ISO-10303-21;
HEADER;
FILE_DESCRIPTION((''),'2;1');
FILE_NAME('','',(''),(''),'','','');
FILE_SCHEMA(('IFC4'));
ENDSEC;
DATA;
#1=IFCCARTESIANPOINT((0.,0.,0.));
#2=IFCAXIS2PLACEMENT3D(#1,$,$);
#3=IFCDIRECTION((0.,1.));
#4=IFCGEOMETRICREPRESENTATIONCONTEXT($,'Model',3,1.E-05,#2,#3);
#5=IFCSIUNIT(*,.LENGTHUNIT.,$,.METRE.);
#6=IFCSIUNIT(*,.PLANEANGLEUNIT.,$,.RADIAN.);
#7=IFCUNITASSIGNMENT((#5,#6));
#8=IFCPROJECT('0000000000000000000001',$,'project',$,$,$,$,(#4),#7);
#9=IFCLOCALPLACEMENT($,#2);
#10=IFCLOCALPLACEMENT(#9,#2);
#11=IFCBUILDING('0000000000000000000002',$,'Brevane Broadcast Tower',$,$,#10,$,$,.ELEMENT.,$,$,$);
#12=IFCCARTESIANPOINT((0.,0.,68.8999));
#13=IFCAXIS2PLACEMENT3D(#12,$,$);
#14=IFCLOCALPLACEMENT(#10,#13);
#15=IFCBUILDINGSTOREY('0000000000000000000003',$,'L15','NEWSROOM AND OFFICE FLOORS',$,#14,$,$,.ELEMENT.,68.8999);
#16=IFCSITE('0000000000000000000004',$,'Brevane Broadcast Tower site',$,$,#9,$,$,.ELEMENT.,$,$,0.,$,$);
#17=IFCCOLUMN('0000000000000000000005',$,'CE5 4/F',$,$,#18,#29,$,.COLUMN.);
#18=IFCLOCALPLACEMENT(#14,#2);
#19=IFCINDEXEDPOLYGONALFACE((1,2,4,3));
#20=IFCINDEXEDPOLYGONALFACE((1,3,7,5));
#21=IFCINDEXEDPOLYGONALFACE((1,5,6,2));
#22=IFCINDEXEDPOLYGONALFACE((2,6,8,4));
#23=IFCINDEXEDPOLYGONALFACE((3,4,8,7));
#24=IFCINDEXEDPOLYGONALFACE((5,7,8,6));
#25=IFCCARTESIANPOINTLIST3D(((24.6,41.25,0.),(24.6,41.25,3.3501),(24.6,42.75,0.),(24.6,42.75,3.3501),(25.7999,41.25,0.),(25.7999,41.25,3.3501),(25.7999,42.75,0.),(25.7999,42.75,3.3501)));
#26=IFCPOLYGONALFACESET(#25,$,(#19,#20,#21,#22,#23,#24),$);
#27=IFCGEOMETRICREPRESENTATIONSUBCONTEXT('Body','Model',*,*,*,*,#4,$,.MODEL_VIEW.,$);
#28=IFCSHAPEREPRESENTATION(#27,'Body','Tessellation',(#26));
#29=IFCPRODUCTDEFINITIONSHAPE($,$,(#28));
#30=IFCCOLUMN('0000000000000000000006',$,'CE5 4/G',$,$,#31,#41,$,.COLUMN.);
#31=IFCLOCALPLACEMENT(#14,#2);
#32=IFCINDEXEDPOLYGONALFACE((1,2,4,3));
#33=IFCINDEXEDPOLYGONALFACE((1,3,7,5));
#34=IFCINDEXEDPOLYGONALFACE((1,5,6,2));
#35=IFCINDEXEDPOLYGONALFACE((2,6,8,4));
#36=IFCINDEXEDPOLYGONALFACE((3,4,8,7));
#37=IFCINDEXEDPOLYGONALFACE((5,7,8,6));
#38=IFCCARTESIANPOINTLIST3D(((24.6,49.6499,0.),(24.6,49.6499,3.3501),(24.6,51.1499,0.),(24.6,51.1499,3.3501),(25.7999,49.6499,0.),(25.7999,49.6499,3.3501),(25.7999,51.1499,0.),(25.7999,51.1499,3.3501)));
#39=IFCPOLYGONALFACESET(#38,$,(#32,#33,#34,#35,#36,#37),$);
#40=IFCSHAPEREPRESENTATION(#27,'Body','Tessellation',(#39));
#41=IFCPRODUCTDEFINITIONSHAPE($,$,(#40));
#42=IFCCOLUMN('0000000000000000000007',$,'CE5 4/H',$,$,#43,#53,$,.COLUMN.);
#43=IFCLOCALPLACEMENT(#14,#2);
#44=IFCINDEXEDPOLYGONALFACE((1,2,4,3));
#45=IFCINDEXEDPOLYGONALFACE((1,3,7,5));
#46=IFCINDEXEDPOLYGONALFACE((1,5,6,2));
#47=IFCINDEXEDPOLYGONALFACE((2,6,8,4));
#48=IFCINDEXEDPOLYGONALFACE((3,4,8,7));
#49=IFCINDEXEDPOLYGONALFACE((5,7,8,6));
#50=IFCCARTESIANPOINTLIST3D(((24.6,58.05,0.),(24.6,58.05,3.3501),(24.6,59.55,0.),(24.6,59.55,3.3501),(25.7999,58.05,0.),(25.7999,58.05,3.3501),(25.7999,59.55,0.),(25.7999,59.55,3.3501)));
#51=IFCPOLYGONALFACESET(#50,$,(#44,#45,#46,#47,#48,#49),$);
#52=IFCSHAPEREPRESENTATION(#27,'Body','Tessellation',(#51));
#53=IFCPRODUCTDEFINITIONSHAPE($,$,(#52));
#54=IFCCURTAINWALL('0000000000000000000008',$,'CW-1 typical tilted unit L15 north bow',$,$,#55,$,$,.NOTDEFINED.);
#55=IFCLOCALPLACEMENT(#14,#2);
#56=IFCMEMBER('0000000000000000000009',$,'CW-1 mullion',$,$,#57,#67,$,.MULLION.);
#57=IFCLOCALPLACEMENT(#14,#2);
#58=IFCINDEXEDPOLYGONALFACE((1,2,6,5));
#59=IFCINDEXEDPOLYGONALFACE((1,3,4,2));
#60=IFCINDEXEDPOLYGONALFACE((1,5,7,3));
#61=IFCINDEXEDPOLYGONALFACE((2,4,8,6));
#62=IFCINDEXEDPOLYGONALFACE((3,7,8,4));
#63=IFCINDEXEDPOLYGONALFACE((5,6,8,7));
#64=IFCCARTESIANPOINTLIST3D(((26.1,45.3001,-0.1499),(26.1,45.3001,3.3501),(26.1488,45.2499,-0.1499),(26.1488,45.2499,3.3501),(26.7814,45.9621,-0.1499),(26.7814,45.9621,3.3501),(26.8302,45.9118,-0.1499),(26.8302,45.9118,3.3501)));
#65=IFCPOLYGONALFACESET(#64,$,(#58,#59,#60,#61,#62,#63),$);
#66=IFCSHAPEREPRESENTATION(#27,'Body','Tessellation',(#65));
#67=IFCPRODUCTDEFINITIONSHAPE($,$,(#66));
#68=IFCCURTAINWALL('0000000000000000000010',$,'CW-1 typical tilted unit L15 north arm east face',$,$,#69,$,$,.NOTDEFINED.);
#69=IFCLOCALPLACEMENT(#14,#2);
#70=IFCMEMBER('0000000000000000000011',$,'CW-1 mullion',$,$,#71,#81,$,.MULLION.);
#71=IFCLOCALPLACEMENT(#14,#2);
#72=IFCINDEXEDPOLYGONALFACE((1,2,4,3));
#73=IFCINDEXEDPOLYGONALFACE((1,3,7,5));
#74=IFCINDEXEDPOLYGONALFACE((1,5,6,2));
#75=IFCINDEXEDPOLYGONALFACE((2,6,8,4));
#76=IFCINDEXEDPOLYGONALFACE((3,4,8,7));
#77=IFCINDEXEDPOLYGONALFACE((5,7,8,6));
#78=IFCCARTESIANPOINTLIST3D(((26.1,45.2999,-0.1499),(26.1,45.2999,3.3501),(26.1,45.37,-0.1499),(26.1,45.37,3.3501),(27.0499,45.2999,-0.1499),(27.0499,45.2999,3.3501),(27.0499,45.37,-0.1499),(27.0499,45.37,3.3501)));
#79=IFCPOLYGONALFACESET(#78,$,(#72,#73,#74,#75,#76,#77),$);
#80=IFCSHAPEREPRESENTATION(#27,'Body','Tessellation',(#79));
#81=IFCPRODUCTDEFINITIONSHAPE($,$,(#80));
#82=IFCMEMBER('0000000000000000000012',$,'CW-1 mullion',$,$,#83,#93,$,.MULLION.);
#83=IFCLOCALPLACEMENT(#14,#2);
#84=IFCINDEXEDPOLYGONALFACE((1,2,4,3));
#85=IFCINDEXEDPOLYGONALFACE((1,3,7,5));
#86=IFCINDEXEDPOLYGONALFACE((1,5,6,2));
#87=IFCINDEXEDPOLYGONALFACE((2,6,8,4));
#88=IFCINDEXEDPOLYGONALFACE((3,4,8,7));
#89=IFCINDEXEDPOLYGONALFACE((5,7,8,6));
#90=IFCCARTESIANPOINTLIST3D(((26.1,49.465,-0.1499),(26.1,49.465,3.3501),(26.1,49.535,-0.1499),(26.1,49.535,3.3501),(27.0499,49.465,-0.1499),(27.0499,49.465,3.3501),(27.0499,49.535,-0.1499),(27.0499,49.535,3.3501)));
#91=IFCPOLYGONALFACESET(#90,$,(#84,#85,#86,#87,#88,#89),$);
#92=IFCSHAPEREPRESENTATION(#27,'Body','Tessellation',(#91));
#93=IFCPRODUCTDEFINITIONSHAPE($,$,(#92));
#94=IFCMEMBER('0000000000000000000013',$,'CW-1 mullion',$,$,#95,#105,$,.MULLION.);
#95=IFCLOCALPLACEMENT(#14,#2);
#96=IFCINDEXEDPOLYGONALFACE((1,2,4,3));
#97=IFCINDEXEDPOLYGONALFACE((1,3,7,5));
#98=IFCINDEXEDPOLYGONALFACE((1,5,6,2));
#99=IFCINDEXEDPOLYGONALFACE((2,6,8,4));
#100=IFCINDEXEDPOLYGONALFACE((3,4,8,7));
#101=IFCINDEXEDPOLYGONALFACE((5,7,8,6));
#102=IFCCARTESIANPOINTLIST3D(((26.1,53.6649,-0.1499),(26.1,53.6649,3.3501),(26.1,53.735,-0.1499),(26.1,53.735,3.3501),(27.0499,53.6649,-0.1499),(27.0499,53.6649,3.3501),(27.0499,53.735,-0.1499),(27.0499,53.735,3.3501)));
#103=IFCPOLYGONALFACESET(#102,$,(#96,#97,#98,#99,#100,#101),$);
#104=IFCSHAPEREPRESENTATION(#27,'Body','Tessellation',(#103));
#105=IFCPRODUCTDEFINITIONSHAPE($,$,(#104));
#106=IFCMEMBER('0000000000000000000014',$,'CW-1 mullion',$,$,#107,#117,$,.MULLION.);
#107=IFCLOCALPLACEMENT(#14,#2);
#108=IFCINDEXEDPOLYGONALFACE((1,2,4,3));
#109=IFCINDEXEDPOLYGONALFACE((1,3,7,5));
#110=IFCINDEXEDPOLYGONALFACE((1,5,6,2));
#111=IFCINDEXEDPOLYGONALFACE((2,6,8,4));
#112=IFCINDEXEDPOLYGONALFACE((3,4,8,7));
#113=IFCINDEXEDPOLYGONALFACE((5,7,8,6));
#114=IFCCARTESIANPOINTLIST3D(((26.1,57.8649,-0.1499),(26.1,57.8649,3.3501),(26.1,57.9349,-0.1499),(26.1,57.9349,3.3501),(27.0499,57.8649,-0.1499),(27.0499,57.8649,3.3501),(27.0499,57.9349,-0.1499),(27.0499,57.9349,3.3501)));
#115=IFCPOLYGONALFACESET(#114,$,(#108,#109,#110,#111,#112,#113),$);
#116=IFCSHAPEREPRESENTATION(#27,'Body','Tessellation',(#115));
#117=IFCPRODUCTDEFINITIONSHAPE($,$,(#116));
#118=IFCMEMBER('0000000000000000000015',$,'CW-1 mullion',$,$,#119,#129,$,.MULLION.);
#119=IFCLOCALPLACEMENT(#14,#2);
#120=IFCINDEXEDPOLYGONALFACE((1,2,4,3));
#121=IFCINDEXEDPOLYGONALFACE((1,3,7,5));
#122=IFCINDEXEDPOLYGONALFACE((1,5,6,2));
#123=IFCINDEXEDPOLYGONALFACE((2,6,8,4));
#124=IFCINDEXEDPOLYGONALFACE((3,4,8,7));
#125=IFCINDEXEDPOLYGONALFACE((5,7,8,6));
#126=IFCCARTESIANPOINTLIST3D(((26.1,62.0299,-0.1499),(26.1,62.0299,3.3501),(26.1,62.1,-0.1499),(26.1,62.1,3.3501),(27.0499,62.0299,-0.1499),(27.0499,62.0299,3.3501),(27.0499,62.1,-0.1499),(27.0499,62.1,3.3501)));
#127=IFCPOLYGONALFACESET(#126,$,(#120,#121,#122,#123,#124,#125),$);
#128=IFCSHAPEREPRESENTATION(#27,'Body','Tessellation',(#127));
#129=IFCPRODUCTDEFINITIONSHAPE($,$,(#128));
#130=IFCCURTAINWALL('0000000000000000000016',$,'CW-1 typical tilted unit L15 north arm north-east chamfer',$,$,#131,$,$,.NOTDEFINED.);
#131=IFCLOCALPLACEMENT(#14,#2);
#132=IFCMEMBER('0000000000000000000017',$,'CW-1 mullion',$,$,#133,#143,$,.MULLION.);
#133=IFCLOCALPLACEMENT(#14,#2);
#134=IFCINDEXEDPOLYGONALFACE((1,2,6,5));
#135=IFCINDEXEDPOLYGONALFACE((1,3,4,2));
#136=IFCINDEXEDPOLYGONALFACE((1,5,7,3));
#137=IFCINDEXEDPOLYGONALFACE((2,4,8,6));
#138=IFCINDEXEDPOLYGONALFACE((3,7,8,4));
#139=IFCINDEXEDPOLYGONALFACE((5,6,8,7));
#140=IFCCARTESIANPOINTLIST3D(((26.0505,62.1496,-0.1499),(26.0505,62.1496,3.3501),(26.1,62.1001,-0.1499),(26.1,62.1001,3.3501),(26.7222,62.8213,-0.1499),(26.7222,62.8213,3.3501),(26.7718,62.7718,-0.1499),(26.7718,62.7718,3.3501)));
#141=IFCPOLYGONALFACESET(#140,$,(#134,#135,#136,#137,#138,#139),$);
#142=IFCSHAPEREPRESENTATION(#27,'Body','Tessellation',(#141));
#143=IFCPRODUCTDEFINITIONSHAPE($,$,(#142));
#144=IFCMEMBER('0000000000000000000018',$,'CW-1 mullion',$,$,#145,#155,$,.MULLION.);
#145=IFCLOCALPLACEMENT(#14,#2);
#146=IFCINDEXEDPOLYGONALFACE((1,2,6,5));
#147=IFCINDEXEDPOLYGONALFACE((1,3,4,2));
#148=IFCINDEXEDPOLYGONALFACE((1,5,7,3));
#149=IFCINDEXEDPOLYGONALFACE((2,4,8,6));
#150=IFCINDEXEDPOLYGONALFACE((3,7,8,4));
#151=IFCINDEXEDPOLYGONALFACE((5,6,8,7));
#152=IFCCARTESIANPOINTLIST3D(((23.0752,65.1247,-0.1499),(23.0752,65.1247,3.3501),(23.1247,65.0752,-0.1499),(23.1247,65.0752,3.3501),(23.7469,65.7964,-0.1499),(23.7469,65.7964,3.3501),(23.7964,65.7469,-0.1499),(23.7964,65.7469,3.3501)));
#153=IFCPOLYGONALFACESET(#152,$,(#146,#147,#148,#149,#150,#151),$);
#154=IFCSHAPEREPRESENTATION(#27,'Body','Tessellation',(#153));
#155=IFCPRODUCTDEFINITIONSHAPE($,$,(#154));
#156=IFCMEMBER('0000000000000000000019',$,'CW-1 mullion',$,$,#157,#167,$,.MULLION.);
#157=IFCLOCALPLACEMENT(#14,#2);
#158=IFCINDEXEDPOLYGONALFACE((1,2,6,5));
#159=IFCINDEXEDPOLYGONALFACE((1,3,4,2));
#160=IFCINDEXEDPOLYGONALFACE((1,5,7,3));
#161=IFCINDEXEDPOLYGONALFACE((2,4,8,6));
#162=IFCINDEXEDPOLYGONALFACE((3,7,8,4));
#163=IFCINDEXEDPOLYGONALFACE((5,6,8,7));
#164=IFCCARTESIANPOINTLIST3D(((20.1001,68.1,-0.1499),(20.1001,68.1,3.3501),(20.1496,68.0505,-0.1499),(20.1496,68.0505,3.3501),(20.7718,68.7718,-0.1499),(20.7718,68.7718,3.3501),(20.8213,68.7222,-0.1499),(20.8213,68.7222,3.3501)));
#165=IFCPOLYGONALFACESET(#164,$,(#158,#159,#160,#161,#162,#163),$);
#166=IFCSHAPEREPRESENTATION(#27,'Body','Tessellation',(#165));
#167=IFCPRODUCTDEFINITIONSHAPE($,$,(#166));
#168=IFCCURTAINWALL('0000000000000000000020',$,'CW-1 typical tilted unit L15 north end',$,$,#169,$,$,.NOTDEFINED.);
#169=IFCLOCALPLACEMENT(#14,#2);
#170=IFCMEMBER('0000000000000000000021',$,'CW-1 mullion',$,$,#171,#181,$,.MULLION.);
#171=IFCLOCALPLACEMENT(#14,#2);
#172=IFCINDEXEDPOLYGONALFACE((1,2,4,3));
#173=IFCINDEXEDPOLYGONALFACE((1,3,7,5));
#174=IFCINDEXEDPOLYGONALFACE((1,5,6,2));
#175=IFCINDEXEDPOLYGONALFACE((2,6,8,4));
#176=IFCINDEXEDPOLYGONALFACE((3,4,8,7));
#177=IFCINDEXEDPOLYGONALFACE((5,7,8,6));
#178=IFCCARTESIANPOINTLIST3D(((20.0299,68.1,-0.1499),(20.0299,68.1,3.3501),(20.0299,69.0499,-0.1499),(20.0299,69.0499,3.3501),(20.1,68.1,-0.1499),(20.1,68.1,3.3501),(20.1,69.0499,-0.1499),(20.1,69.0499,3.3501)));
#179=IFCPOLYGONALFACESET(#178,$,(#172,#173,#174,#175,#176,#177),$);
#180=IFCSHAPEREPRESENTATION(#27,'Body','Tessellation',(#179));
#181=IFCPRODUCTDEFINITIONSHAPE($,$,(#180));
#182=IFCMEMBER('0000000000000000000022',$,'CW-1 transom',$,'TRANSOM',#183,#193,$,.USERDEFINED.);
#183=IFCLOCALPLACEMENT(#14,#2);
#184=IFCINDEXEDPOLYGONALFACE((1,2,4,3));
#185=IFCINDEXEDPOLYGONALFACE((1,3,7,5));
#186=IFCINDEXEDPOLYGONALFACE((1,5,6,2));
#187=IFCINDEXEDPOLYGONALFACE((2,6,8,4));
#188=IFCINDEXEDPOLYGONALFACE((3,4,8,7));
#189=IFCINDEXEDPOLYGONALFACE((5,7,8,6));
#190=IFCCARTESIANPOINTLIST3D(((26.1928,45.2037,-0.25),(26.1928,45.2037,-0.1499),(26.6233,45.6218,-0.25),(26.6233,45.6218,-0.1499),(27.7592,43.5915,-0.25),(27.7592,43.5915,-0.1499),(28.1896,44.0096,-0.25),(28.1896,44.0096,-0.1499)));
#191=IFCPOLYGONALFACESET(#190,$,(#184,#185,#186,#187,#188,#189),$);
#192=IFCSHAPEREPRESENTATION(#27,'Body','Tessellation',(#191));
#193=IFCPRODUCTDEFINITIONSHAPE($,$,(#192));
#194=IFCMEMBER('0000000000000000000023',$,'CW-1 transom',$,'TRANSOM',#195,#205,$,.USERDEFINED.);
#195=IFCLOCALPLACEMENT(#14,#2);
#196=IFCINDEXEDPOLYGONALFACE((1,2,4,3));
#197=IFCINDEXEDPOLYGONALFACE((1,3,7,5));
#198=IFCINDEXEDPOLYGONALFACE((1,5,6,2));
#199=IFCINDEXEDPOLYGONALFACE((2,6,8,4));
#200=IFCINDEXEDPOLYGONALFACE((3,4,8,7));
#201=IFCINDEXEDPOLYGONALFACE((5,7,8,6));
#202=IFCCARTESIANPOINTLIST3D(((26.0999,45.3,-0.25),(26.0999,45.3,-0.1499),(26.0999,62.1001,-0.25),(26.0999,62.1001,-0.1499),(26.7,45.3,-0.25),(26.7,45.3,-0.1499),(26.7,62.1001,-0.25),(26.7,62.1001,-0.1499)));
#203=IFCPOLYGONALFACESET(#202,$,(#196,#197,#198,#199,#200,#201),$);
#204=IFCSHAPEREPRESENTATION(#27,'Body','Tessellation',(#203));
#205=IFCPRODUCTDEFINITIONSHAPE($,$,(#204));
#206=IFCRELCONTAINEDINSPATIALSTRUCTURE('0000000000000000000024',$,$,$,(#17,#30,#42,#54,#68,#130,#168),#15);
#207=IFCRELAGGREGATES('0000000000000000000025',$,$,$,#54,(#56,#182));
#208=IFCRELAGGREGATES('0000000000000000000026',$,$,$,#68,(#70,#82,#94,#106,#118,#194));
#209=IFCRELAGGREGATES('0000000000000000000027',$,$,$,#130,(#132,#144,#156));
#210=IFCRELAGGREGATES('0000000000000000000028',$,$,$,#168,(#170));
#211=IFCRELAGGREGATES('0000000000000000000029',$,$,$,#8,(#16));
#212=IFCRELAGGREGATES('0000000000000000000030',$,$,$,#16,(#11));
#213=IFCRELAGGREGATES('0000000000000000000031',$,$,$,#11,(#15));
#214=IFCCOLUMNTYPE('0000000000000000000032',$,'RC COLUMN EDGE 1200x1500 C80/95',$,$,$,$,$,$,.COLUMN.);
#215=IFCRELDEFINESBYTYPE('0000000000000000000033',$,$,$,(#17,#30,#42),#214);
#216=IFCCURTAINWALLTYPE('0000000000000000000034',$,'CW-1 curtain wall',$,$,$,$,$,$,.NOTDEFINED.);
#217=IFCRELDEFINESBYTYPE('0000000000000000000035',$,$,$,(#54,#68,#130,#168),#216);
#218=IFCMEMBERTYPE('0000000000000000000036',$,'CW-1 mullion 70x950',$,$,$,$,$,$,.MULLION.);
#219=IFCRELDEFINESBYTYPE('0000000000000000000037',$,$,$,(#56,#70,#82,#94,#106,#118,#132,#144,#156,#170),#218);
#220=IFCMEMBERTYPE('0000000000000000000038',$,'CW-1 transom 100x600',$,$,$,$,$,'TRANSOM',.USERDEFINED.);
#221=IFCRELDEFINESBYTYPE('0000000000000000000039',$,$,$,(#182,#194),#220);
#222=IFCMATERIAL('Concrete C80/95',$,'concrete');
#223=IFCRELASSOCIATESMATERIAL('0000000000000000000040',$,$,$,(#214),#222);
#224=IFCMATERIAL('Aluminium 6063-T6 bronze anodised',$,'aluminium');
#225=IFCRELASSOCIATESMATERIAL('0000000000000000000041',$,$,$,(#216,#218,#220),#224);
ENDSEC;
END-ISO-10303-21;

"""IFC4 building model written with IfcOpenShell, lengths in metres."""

from ifc_helpers import new_model, si_unit, direction, frame, origin, origin_2d, place, context, subcontext, project, spatial, rectangle, extrude, material, material_profile, profile_set, type_object, element, aggregate, save


model = new_model("IFC4")

# Units and contexts
model_context = context("Model", 3, precision=1e-05, world=origin(), true_north=direction((0.0, 1.0)))
body_context = subcontext(model_context, "Body", "Model", "MODEL_VIEW")
ifc_project = project(units=[si_unit("LENGTHUNIT", "METRE"), si_unit("PLANEANGLEUNIT", "RADIAN")], contexts=[model_context])

# Site, building, storey
site_placement = place(None, origin())
site = spatial("IfcSite", under=ifc_project, at=site_placement, Name="Brevane Broadcast Tower site", CompositionType="ELEMENT", RefElevation=0.0)
building_placement = place(site_placement, origin())
building = spatial("IfcBuilding", under=site, at=building_placement, Name="Brevane Broadcast Tower", CompositionType="ELEMENT")
storey_placement = place(building_placement, frame((0.0, 0.0, 68.8999)))
storey = spatial("IfcBuildingStorey", under=building, at=storey_placement, Name="L15", Description="NEWSROOM AND OFFICE FLOORS", CompositionType="ELEMENT", Elevation=68.8999)

# Columns
ifc_material_1 = material(Name="Concrete C80/95", Category="concrete")
ifc_material_profile_1 = material_profile(ifc_material_1, rectangle(XDim=1.2, YDim=1.5, at=origin_2d()), Name="RC 1200x1500")
ifc_profile_set_1 = profile_set([ifc_material_profile_1], Name="Concrete C80/95")
column_type = type_object("IfcColumnType", Name="RC COLUMN EDGE 1200x1500 C80/95", PredefinedType="COLUMN", material=ifc_profile_set_1)
for number, where, z_axis, x_axis, name in (
    (1, (25.2, 42.0, 0.0), (0.0, 0.0, 1.0), (1.0, 0.0, 0.0), "CE5 4/F"),
    (2, (25.2, 50.3999, 0.0), (0.0, 0.0, 1.0), (1.0, 0.0, 0.0), "CE5 4/G"),
    (3, (25.2, 58.8, 0.0), (0.0, 0.0, 1.0), (1.0, 0.0, 0.0), "CE5 4/H"),
):
    element("IfcColumn", number, at=place(storey_placement, frame(where, z_axis=z_axis, x_axis=x_axis)), inside=storey, type_object=column_type, Name=name, PredefinedType="COLUMN", context=body_context, shape_type="SweptSolid", body=[
        extrude(rectangle(XDim=1.2, YDim=1.5, at=origin_2d()), origin(), (0.0, 0.0, 1.0), 3.3501),
    ])

# Curtain wall, member
ifc_material_2 = material(Name="Aluminium 6063-T6 bronze anodised", Category="aluminium")
curtain_wall_type = type_object("IfcCurtainWallType", Name="CW-1 curtain wall", PredefinedType="NOTDEFINED", material=ifc_material_2)
curtain_wall_1_placement = place(storey_placement, origin())
curtain_wall_1 = element("IfcCurtainWall", 4, at=curtain_wall_1_placement, inside=storey, type_object=curtain_wall_type, Name="CW-1 typical tilted unit L15 north bow", PredefinedType="NOTDEFINED")
ifc_material_profile_2 = material_profile(ifc_material_2, rectangle(XDim=0.95, YDim=0.0701, at=origin_2d()), Name="RECT 70x950")
ifc_profile_set_2 = profile_set([ifc_material_profile_2], Name="Aluminium 6063-T6 bronze anodised")
member_type_1 = type_object("IfcMemberType", Name="CW-1 mullion 70x950", PredefinedType="MULLION", material=ifc_profile_set_2)
member_1_placement = place(storey_placement, frame((26.4651, 45.606, -0.1499), z_axis=(0.0, 0.0, 1.0), x_axis=(-0.717254, -0.696812, 0.0)))
member_1 = element("IfcMember", 5, at=member_1_placement, type_object=member_type_1, Name="CW-1 mullion", PredefinedType="MULLION", context=body_context, shape_type="SweptSolid", body=[
    extrude(rectangle(XDim=0.95, YDim=0.0701, at=origin_2d()), origin(), (0.0, 0.0, 1.0), 3.5),
])

# Curtain walls, members
curtain_wall_2_placement = place(storey_placement, origin())
curtain_wall_2 = element("IfcCurtainWall", 6, at=curtain_wall_2_placement, inside=storey, type_object=curtain_wall_type, Name="CW-1 typical tilted unit L15 north arm east face", PredefinedType="NOTDEFINED")
member_2_placement = place(storey_placement, frame((26.575, 45.335, -0.1499), z_axis=(0.0, 0.0, 1.0), x_axis=(-1.0, 0.0, 0.0)))
member_2 = element("IfcMember", 7, at=member_2_placement, type_object=member_type_1, Name="CW-1 mullion", PredefinedType="MULLION", context=body_context, shape_type="SweptSolid", body=[
    extrude(rectangle(XDim=0.95, YDim=0.0701, at=origin_2d()), origin(), (0.0, 0.0, 1.0), 3.5),
])
member_3_placement = place(storey_placement, frame((26.575, 49.5, -0.1499), z_axis=(0.0, 0.0, 1.0), x_axis=(-1.0, 0.0, 0.0)))
member_3 = element("IfcMember", 8, at=member_3_placement, type_object=member_type_1, Name="CW-1 mullion", PredefinedType="MULLION", context=body_context, shape_type="SweptSolid", body=[
    extrude(rectangle(XDim=0.95, YDim=0.0701, at=origin_2d()), origin(), (0.0, 0.0, 1.0), 3.5),
])
member_4_placement = place(storey_placement, frame((26.575, 53.7, -0.1499), z_axis=(0.0, 0.0, 1.0), x_axis=(-1.0, 0.0, 0.0)))
member_4 = element("IfcMember", 9, at=member_4_placement, type_object=member_type_1, Name="CW-1 mullion", PredefinedType="MULLION", context=body_context, shape_type="SweptSolid", body=[
    extrude(rectangle(XDim=0.95, YDim=0.0701, at=origin_2d()), origin(), (0.0, 0.0, 1.0), 3.5),
])
member_5_placement = place(storey_placement, frame((26.575, 57.8999, -0.1499), z_axis=(0.0, 0.0, 1.0), x_axis=(-1.0, 0.0, 0.0)))
member_5 = element("IfcMember", 10, at=member_5_placement, type_object=member_type_1, Name="CW-1 mullion", PredefinedType="MULLION", context=body_context, shape_type="SweptSolid", body=[
    extrude(rectangle(XDim=0.95, YDim=0.0701, at=origin_2d()), origin(), (0.0, 0.0, 1.0), 3.5),
])
member_6_placement = place(storey_placement, frame((26.575, 62.0649, -0.1499), z_axis=(0.0, 0.0, 1.0), x_axis=(-1.0, 0.0, 0.0)))
member_6 = element("IfcMember", 11, at=member_6_placement, type_object=member_type_1, Name="CW-1 mullion", PredefinedType="MULLION", context=body_context, shape_type="SweptSolid", body=[
    extrude(rectangle(XDim=0.95, YDim=0.0701, at=origin_2d()), origin(), (0.0, 0.0, 1.0), 3.5),
])
curtain_wall_3_placement = place(storey_placement, origin())
curtain_wall_3 = element("IfcCurtainWall", 12, at=curtain_wall_3_placement, inside=storey, type_object=curtain_wall_type, Name="CW-1 typical tilted unit L15 north arm north-east chamfer", PredefinedType="NOTDEFINED")
member_7_placement = place(storey_placement, frame((26.4111, 62.4607, -0.1499), z_axis=(0.0, 0.0, 1.0), x_axis=(-0.707107, -0.707107, 0.0)))
member_7 = element("IfcMember", 13, at=member_7_placement, type_object=member_type_1, Name="CW-1 mullion", PredefinedType="MULLION", context=body_context, shape_type="SweptSolid", body=[
    extrude(rectangle(XDim=0.95, YDim=0.0701, at=origin_2d()), origin(), (0.0, 0.0, 1.0), 3.5),
])
member_8_placement = place(storey_placement, frame((23.4358, 65.4358, -0.1499), z_axis=(0.0, 0.0, 1.0), x_axis=(-0.707107, -0.707107, 0.0)))
member_8 = element("IfcMember", 14, at=member_8_placement, type_object=member_type_1, Name="CW-1 mullion", PredefinedType="MULLION", context=body_context, shape_type="SweptSolid", body=[
    extrude(rectangle(XDim=0.95, YDim=0.0701, at=origin_2d()), origin(), (0.0, 0.0, 1.0), 3.5),
])
member_9_placement = place(storey_placement, frame((20.4607, 68.4111, -0.1499), z_axis=(0.0, 0.0, 1.0), x_axis=(-0.707107, -0.707107, 0.0)))
member_9 = element("IfcMember", 15, at=member_9_placement, type_object=member_type_1, Name="CW-1 mullion", PredefinedType="MULLION", context=body_context, shape_type="SweptSolid", body=[
    extrude(rectangle(XDim=0.95, YDim=0.0701, at=origin_2d()), origin(), (0.0, 0.0, 1.0), 3.5),
])

# Curtain wall, member
curtain_wall_4_placement = place(storey_placement, origin())
curtain_wall_4 = element("IfcCurtainWall", 16, at=curtain_wall_4_placement, inside=storey, type_object=curtain_wall_type, Name="CW-1 typical tilted unit L15 north end", PredefinedType="NOTDEFINED")
member_10_placement = place(storey_placement, frame((20.0649, 68.575, -0.1499), z_axis=(0.0, 0.0, 1.0), x_axis=(0.0, -1.0, 0.0)))
member_10 = element("IfcMember", 17, at=member_10_placement, type_object=member_type_1, Name="CW-1 mullion", PredefinedType="MULLION", context=body_context, shape_type="SweptSolid", body=[
    extrude(rectangle(XDim=0.95, YDim=0.0701, at=origin_2d()), origin(), (0.0, 0.0, 1.0), 3.5),
])

# Members
ifc_material_profile_3 = material_profile(ifc_material_2, rectangle(XDim=0.6001, YDim=0.1001, at=origin_2d()), Name="RECT 100x600")
ifc_profile_set_3 = profile_set([ifc_material_profile_3], Name="Aluminium 6063-T6 bronze anodised")
member_type_2 = type_object("IfcMemberType", Name="CW-1 transom 100x600", ElementType="TRANSOM", PredefinedType="USERDEFINED", material=ifc_profile_set_3)
member_11_placement = place(storey_placement, frame((27.9744, 43.8005, -0.2), z_axis=(-0.696824, 0.717242, 0.0), x_axis=(-0.717242, -0.696824, 0.0)))
member_11 = element("IfcMember", 18, at=member_11_placement, type_object=member_type_2, Name="CW-1 transom", ObjectType="TRANSOM", PredefinedType="USERDEFINED", context=body_context, shape_type="SweptSolid", body=[
    extrude(rectangle(XDim=0.6001, YDim=0.1001, at=origin_2d()), origin(), (0.0, 0.0, 1.0), 2.2478),
])
aggregate(curtain_wall_1, [member_1, member_11])
member_12_placement = place(storey_placement, frame((26.3999, 45.3, -0.2), z_axis=(0.0, 1.0, 0.0), x_axis=(-1.0, 0.0, 0.0)))
member_12 = element("IfcMember", 19, at=member_12_placement, type_object=member_type_2, Name="CW-1 transom", ObjectType="TRANSOM", PredefinedType="USERDEFINED", context=body_context, shape_type="SweptSolid", body=[
    extrude(rectangle(XDim=0.6001, YDim=0.1001, at=origin_2d()), origin(), (0.0, 0.0, 1.0), 16.8),
])
aggregate(curtain_wall_2, [member_2, member_3, member_4, member_5, member_6, member_12])
aggregate(curtain_wall_3, [member_7, member_8, member_9])
aggregate(curtain_wall_4, [member_10])

save(model, "model.ifc")
